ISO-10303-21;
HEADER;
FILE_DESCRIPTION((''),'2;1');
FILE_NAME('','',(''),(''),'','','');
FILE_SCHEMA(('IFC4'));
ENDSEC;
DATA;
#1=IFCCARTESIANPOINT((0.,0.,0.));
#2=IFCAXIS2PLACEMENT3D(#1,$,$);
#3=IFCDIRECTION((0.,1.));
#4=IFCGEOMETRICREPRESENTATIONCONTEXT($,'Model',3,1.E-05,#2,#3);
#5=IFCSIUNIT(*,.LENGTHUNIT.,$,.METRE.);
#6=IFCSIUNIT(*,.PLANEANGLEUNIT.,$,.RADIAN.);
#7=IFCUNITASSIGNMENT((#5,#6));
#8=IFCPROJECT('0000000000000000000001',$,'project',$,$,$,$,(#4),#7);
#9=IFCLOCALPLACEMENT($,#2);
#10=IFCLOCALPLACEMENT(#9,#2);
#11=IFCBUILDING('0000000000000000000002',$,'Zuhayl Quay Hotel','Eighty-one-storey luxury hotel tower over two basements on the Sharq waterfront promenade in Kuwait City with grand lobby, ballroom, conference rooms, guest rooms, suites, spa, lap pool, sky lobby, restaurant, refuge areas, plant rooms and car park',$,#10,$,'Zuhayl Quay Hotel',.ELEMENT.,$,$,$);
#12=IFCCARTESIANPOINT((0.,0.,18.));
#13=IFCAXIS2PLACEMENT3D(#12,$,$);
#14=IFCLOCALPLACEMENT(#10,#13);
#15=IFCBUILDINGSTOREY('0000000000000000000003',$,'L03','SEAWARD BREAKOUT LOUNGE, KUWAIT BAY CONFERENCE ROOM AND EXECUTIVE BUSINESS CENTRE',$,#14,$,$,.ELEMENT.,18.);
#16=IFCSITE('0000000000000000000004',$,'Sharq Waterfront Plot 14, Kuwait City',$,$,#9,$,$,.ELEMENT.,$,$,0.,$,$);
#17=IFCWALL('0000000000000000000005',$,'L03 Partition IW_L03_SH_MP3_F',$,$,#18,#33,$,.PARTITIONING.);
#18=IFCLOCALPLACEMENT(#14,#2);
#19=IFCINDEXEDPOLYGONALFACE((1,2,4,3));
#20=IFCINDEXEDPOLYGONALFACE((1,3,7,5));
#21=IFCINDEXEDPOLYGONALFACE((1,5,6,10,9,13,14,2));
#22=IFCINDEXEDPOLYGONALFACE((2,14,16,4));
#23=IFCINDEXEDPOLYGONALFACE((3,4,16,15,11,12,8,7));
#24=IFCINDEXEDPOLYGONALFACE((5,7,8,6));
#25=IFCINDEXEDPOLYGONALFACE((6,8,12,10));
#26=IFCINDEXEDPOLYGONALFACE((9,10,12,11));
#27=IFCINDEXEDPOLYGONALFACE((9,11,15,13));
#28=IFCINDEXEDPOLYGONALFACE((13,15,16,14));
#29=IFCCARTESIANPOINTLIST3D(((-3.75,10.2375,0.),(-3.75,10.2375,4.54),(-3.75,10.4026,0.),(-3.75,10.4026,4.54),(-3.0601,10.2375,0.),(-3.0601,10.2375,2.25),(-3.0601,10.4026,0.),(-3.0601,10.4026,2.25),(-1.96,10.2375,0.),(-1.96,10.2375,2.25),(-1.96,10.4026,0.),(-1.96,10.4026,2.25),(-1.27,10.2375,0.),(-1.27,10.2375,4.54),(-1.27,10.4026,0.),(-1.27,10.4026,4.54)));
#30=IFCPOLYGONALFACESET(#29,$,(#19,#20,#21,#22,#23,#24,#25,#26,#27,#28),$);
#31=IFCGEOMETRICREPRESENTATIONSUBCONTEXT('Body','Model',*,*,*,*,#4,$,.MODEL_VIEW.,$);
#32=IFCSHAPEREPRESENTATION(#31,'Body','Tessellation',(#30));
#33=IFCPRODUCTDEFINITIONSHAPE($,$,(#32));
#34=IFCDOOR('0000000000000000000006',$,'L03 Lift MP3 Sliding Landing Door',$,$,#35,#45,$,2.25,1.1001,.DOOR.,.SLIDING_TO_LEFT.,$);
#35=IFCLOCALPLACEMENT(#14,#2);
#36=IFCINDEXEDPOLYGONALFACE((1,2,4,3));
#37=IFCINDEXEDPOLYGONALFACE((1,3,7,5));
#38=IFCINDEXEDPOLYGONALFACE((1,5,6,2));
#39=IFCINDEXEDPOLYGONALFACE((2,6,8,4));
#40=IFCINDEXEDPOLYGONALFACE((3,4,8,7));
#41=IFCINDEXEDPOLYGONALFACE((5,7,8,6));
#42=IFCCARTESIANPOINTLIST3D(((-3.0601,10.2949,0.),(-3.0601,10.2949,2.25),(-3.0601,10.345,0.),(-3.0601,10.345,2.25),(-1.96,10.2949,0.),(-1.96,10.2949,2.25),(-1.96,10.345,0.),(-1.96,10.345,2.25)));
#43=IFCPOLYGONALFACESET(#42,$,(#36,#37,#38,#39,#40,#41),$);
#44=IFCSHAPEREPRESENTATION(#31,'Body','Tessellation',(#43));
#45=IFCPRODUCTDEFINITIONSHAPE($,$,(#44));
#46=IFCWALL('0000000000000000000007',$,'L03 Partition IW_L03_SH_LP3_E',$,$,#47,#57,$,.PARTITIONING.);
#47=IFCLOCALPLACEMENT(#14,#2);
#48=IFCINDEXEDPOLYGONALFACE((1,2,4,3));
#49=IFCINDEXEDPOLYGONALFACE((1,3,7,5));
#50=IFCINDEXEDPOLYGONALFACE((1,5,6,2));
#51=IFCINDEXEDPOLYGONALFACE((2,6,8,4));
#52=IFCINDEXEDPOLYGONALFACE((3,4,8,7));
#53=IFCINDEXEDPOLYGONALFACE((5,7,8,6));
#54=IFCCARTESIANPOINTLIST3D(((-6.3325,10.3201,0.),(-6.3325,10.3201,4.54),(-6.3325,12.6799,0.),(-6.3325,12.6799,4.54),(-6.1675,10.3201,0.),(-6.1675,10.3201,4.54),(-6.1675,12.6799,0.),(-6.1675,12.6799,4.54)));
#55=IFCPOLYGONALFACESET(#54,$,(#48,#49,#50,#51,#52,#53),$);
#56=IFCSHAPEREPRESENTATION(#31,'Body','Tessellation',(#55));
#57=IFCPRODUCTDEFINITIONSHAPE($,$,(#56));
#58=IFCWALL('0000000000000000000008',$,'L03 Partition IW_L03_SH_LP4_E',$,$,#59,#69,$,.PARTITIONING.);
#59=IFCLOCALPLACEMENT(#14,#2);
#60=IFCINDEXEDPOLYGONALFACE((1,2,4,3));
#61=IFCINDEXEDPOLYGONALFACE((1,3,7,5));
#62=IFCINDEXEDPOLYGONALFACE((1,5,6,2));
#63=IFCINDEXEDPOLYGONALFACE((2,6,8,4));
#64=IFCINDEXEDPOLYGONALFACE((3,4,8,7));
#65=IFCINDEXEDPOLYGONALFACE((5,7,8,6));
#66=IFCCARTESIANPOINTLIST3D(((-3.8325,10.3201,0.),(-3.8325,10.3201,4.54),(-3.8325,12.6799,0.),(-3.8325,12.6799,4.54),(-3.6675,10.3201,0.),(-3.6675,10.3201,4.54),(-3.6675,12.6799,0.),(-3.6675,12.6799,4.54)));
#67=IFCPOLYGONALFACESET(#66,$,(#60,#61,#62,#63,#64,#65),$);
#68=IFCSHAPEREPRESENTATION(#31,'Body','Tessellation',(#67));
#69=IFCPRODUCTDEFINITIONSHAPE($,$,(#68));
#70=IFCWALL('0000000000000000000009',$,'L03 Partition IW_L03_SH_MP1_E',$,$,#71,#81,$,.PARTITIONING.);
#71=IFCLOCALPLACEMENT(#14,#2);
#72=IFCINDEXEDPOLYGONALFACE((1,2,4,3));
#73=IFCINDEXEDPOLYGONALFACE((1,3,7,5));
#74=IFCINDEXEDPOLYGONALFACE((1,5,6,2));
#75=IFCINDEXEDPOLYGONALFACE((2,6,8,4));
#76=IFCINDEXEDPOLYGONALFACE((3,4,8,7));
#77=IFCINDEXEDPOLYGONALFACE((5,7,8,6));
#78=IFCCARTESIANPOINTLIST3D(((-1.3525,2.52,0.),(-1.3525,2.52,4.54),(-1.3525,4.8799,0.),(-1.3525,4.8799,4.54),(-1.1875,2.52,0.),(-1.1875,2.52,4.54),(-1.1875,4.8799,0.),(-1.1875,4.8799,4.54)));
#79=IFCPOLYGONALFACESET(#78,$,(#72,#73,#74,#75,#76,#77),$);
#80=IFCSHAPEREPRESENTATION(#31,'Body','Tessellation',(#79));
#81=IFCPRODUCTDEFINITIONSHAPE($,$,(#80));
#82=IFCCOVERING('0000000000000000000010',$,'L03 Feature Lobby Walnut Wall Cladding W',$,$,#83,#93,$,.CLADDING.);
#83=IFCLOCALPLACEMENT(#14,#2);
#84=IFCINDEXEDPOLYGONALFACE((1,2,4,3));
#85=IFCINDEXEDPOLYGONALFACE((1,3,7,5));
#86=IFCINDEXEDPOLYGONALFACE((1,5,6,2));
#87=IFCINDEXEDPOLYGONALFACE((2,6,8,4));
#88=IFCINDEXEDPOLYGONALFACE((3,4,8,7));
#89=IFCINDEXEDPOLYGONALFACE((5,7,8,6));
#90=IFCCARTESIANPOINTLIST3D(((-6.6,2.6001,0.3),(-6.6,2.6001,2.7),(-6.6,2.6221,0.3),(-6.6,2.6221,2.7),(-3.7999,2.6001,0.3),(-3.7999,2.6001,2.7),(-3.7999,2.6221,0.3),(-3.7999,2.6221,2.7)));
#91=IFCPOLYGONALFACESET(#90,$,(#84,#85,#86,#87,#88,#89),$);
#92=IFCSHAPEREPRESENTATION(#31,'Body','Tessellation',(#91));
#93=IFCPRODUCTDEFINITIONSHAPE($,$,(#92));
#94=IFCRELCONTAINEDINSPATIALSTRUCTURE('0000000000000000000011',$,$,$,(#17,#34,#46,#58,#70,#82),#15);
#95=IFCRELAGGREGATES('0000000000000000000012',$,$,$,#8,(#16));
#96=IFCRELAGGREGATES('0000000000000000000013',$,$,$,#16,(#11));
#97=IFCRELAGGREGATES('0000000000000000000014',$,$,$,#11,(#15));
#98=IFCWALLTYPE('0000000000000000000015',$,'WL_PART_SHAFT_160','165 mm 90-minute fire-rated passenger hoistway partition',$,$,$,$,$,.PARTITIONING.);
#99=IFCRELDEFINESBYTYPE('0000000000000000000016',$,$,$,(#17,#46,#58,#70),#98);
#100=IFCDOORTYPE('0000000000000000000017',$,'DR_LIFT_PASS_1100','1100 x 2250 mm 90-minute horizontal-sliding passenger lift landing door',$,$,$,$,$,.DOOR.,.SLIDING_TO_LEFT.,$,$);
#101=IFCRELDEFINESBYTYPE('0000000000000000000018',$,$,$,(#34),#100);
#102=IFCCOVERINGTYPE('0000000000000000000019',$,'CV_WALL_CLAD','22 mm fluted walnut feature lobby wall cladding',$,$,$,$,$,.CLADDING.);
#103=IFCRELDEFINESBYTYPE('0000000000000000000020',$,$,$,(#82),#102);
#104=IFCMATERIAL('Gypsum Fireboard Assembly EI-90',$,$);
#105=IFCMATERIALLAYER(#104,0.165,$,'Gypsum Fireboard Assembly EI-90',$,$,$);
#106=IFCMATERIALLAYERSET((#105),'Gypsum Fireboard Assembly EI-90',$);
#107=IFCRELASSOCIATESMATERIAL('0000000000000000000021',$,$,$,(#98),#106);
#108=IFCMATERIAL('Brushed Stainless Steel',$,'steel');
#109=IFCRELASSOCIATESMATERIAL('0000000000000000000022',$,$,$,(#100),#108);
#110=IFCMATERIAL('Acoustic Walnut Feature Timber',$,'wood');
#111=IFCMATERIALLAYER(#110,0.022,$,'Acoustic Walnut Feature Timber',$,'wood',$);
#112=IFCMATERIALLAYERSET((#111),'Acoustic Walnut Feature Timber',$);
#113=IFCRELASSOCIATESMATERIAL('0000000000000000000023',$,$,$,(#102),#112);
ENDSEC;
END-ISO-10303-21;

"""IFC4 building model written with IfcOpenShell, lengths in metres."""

from ifc_helpers import new_model, si_unit, direction, frame, frame_2d, origin, origin_2d, place, context, subcontext, project, spatial, rectangle, extrude, material, layer, layer_set, type_object, element, fill, save


model = new_model("IFC4")

# Units and contexts
model_context = context("Model", 3, precision=1e-05, world=origin(), true_north=direction((0.0, 1.0)))
body_context = subcontext(model_context, "Body", "Model", "MODEL_VIEW")
ifc_project = project(units=[si_unit("LENGTHUNIT", "METRE"), si_unit("PLANEANGLEUNIT", "RADIAN")], contexts=[model_context])

# Site, building, storey
site_placement = place(None, origin())
site = spatial("IfcSite", under=ifc_project, at=site_placement, Name="Sharq Waterfront Plot 14, Kuwait City", CompositionType="ELEMENT", RefElevation=0.0)
building_placement = place(site_placement, origin())
building = spatial("IfcBuilding", under=site, at=building_placement, Name="Zuhayl Quay Hotel", Description="Eighty-one-storey luxury hotel tower over two basements on the Sharq waterfront promenade in Kuwait City with grand lobby, ballroom, conference rooms, guest rooms, suites, spa, lap pool, sky lobby, restaurant, refuge areas, plant rooms and car park", LongName="Zuhayl Quay Hotel", CompositionType="ELEMENT")
storey_placement = place(building_placement, frame((0.0, 0.0, 18.0)))
storey = spatial("IfcBuildingStorey", under=building, at=storey_placement, Name="L03", Description="SEAWARD BREAKOUT LOUNGE, KUWAIT BAY CONFERENCE ROOM AND EXECUTIVE BUSINESS CENTRE", CompositionType="ELEMENT", Elevation=18.0)

# Wall, opening, door
ifc_material_1 = material(Name="Gypsum Fireboard Assembly EI-90")
ifc_layer_1 = layer(ifc_material_1, 0.165, Name="Gypsum Fireboard Assembly EI-90")
ifc_layer_set_1 = layer_set([ifc_layer_1], Name="Gypsum Fireboard Assembly EI-90")
wall_type_1 = type_object("IfcWallType", Name="WL_PART_SHAFT_160", Description="165 mm 90-minute fire-rated passenger hoistway partition", PredefinedType="PARTITIONING", material=ifc_layer_set_1)
ifc_material_2 = material(Name="Brushed Stainless Steel", Category="steel")
door_type_1 = type_object("IfcDoorType", Name="DR_LIFT_PASS_1100", Description="1100 x 2250 mm 90-minute horizontal-sliding passenger lift landing door", OperationType="SLIDING_TO_LEFT", PredefinedType="DOOR", material=ifc_material_2)
wall_1_placement = place(storey_placement, frame((-3.75, 10.3201, 0.0), z_axis=(0.0, 0.0, 1.0), x_axis=(1.0, 0.0, 0.0)))
wall_1 = element("IfcWall", 1, at=wall_1_placement, inside=storey, type_object=wall_type_1, Name="L03 Partition IW_L03_SH_MP3_F", PredefinedType="PARTITIONING", context=body_context, shape_type="SweptSolid", body=[
    extrude(rectangle(XDim=2.48, YDim=0.165, at=frame_2d((1.24, 0.0))), origin(), (0.0, 0.0, 1.0), 4.54),
])
opening_1_placement = place(wall_1_placement, frame((0.6899, 0.0, 0.0)))
opening_1 = element("IfcOpeningElement", 2, at=opening_1_placement, cuts=wall_1, PredefinedType="OPENING", context=body_context, shape_type="SweptSolid", body=[
    extrude(rectangle(XDim=1.1001, YDim=2.25, at=frame_2d((0.55, 1.125))), frame((0.0, 0.0925, 0.0), z_axis=(0.0, -1.0, 0.0), x_axis=(1.0, 0.0, 0.0)), (0.0, 0.0, 1.0), 0.1851),
])
door_1_placement = place(opening_1_placement, origin())
door_1 = element("IfcDoor", 3, at=door_1_placement, inside=storey, type_object=door_type_1, Name="L03 Lift MP3 Sliding Landing Door", OperationType="SLIDING_TO_LEFT", OverallHeight=2.25, OverallWidth=1.1001, PredefinedType="DOOR", context=body_context, shape_type="SweptSolid", body=[
    extrude(rectangle(XDim=1.1001, YDim=2.25, at=frame_2d((0.55, 1.125))), frame((0.0, 0.0249, 0.0), z_axis=(0.0, -1.0, 0.0), x_axis=(1.0, 0.0, 0.0)), (0.0, 0.0, 1.0), 0.05),
])
fill(opening_1, door_1)

# Walls
for number, where, z_axis, x_axis, name in (
    (4, (-6.25, 10.3201, 0.0), (0.0, 0.0, 1.0), (0.0, 1.0, 0.0), "L03 Partition IW_L03_SH_LP3_E"),
    (5, (-3.75, 10.3201, 0.0), (0.0, 0.0, 1.0), (0.0, 1.0, 0.0), "L03 Partition IW_L03_SH_LP4_E"),
    (6, (-1.27, 2.52, 0.0), (0.0, 0.0, 1.0), (0.0, 1.0, 0.0), "L03 Partition IW_L03_SH_MP1_E"),
):
    element("IfcWall", number, at=place(storey_placement, frame(where, z_axis=z_axis, x_axis=x_axis)), inside=storey, type_object=wall_type_1, Name=name, PredefinedType="PARTITIONING", context=body_context, shape_type="SweptSolid", body=[
        extrude(rectangle(XDim=2.3599, YDim=0.165, at=frame_2d((1.1799, 0.0))), origin(), (0.0, 0.0, 1.0), 4.54),
    ])

# Covering
ifc_material_3 = material(Name="Acoustic Walnut Feature Timber", Category="wood")
ifc_layer_2 = layer(ifc_material_3, 0.022, Name="Acoustic Walnut Feature Timber", Category="wood")
ifc_layer_set_2 = layer_set([ifc_layer_2], Name="Acoustic Walnut Feature Timber")
covering_type = type_object("IfcCoveringType", Name="CV_WALL_CLAD", Description="22 mm fluted walnut feature lobby wall cladding", PredefinedType="CLADDING", material=ifc_layer_set_2)
covering_placement = place(storey_placement, frame((-5.2, 2.6111, 0.3), z_axis=(0.0, 0.0, 1.0), x_axis=(1.0, 0.0, 0.0)))
element("IfcCovering", 7, at=covering_placement, inside=storey, type_object=covering_type, Name="L03 Feature Lobby Walnut Wall Cladding W", PredefinedType="CLADDING", context=body_context, shape_type="SweptSolid", body=[
    extrude(rectangle(XDim=2.8, YDim=0.022, at=origin_2d()), origin(), (0.0, 0.0, 1.0), 2.3999),
])

save(model, "model.ifc")
